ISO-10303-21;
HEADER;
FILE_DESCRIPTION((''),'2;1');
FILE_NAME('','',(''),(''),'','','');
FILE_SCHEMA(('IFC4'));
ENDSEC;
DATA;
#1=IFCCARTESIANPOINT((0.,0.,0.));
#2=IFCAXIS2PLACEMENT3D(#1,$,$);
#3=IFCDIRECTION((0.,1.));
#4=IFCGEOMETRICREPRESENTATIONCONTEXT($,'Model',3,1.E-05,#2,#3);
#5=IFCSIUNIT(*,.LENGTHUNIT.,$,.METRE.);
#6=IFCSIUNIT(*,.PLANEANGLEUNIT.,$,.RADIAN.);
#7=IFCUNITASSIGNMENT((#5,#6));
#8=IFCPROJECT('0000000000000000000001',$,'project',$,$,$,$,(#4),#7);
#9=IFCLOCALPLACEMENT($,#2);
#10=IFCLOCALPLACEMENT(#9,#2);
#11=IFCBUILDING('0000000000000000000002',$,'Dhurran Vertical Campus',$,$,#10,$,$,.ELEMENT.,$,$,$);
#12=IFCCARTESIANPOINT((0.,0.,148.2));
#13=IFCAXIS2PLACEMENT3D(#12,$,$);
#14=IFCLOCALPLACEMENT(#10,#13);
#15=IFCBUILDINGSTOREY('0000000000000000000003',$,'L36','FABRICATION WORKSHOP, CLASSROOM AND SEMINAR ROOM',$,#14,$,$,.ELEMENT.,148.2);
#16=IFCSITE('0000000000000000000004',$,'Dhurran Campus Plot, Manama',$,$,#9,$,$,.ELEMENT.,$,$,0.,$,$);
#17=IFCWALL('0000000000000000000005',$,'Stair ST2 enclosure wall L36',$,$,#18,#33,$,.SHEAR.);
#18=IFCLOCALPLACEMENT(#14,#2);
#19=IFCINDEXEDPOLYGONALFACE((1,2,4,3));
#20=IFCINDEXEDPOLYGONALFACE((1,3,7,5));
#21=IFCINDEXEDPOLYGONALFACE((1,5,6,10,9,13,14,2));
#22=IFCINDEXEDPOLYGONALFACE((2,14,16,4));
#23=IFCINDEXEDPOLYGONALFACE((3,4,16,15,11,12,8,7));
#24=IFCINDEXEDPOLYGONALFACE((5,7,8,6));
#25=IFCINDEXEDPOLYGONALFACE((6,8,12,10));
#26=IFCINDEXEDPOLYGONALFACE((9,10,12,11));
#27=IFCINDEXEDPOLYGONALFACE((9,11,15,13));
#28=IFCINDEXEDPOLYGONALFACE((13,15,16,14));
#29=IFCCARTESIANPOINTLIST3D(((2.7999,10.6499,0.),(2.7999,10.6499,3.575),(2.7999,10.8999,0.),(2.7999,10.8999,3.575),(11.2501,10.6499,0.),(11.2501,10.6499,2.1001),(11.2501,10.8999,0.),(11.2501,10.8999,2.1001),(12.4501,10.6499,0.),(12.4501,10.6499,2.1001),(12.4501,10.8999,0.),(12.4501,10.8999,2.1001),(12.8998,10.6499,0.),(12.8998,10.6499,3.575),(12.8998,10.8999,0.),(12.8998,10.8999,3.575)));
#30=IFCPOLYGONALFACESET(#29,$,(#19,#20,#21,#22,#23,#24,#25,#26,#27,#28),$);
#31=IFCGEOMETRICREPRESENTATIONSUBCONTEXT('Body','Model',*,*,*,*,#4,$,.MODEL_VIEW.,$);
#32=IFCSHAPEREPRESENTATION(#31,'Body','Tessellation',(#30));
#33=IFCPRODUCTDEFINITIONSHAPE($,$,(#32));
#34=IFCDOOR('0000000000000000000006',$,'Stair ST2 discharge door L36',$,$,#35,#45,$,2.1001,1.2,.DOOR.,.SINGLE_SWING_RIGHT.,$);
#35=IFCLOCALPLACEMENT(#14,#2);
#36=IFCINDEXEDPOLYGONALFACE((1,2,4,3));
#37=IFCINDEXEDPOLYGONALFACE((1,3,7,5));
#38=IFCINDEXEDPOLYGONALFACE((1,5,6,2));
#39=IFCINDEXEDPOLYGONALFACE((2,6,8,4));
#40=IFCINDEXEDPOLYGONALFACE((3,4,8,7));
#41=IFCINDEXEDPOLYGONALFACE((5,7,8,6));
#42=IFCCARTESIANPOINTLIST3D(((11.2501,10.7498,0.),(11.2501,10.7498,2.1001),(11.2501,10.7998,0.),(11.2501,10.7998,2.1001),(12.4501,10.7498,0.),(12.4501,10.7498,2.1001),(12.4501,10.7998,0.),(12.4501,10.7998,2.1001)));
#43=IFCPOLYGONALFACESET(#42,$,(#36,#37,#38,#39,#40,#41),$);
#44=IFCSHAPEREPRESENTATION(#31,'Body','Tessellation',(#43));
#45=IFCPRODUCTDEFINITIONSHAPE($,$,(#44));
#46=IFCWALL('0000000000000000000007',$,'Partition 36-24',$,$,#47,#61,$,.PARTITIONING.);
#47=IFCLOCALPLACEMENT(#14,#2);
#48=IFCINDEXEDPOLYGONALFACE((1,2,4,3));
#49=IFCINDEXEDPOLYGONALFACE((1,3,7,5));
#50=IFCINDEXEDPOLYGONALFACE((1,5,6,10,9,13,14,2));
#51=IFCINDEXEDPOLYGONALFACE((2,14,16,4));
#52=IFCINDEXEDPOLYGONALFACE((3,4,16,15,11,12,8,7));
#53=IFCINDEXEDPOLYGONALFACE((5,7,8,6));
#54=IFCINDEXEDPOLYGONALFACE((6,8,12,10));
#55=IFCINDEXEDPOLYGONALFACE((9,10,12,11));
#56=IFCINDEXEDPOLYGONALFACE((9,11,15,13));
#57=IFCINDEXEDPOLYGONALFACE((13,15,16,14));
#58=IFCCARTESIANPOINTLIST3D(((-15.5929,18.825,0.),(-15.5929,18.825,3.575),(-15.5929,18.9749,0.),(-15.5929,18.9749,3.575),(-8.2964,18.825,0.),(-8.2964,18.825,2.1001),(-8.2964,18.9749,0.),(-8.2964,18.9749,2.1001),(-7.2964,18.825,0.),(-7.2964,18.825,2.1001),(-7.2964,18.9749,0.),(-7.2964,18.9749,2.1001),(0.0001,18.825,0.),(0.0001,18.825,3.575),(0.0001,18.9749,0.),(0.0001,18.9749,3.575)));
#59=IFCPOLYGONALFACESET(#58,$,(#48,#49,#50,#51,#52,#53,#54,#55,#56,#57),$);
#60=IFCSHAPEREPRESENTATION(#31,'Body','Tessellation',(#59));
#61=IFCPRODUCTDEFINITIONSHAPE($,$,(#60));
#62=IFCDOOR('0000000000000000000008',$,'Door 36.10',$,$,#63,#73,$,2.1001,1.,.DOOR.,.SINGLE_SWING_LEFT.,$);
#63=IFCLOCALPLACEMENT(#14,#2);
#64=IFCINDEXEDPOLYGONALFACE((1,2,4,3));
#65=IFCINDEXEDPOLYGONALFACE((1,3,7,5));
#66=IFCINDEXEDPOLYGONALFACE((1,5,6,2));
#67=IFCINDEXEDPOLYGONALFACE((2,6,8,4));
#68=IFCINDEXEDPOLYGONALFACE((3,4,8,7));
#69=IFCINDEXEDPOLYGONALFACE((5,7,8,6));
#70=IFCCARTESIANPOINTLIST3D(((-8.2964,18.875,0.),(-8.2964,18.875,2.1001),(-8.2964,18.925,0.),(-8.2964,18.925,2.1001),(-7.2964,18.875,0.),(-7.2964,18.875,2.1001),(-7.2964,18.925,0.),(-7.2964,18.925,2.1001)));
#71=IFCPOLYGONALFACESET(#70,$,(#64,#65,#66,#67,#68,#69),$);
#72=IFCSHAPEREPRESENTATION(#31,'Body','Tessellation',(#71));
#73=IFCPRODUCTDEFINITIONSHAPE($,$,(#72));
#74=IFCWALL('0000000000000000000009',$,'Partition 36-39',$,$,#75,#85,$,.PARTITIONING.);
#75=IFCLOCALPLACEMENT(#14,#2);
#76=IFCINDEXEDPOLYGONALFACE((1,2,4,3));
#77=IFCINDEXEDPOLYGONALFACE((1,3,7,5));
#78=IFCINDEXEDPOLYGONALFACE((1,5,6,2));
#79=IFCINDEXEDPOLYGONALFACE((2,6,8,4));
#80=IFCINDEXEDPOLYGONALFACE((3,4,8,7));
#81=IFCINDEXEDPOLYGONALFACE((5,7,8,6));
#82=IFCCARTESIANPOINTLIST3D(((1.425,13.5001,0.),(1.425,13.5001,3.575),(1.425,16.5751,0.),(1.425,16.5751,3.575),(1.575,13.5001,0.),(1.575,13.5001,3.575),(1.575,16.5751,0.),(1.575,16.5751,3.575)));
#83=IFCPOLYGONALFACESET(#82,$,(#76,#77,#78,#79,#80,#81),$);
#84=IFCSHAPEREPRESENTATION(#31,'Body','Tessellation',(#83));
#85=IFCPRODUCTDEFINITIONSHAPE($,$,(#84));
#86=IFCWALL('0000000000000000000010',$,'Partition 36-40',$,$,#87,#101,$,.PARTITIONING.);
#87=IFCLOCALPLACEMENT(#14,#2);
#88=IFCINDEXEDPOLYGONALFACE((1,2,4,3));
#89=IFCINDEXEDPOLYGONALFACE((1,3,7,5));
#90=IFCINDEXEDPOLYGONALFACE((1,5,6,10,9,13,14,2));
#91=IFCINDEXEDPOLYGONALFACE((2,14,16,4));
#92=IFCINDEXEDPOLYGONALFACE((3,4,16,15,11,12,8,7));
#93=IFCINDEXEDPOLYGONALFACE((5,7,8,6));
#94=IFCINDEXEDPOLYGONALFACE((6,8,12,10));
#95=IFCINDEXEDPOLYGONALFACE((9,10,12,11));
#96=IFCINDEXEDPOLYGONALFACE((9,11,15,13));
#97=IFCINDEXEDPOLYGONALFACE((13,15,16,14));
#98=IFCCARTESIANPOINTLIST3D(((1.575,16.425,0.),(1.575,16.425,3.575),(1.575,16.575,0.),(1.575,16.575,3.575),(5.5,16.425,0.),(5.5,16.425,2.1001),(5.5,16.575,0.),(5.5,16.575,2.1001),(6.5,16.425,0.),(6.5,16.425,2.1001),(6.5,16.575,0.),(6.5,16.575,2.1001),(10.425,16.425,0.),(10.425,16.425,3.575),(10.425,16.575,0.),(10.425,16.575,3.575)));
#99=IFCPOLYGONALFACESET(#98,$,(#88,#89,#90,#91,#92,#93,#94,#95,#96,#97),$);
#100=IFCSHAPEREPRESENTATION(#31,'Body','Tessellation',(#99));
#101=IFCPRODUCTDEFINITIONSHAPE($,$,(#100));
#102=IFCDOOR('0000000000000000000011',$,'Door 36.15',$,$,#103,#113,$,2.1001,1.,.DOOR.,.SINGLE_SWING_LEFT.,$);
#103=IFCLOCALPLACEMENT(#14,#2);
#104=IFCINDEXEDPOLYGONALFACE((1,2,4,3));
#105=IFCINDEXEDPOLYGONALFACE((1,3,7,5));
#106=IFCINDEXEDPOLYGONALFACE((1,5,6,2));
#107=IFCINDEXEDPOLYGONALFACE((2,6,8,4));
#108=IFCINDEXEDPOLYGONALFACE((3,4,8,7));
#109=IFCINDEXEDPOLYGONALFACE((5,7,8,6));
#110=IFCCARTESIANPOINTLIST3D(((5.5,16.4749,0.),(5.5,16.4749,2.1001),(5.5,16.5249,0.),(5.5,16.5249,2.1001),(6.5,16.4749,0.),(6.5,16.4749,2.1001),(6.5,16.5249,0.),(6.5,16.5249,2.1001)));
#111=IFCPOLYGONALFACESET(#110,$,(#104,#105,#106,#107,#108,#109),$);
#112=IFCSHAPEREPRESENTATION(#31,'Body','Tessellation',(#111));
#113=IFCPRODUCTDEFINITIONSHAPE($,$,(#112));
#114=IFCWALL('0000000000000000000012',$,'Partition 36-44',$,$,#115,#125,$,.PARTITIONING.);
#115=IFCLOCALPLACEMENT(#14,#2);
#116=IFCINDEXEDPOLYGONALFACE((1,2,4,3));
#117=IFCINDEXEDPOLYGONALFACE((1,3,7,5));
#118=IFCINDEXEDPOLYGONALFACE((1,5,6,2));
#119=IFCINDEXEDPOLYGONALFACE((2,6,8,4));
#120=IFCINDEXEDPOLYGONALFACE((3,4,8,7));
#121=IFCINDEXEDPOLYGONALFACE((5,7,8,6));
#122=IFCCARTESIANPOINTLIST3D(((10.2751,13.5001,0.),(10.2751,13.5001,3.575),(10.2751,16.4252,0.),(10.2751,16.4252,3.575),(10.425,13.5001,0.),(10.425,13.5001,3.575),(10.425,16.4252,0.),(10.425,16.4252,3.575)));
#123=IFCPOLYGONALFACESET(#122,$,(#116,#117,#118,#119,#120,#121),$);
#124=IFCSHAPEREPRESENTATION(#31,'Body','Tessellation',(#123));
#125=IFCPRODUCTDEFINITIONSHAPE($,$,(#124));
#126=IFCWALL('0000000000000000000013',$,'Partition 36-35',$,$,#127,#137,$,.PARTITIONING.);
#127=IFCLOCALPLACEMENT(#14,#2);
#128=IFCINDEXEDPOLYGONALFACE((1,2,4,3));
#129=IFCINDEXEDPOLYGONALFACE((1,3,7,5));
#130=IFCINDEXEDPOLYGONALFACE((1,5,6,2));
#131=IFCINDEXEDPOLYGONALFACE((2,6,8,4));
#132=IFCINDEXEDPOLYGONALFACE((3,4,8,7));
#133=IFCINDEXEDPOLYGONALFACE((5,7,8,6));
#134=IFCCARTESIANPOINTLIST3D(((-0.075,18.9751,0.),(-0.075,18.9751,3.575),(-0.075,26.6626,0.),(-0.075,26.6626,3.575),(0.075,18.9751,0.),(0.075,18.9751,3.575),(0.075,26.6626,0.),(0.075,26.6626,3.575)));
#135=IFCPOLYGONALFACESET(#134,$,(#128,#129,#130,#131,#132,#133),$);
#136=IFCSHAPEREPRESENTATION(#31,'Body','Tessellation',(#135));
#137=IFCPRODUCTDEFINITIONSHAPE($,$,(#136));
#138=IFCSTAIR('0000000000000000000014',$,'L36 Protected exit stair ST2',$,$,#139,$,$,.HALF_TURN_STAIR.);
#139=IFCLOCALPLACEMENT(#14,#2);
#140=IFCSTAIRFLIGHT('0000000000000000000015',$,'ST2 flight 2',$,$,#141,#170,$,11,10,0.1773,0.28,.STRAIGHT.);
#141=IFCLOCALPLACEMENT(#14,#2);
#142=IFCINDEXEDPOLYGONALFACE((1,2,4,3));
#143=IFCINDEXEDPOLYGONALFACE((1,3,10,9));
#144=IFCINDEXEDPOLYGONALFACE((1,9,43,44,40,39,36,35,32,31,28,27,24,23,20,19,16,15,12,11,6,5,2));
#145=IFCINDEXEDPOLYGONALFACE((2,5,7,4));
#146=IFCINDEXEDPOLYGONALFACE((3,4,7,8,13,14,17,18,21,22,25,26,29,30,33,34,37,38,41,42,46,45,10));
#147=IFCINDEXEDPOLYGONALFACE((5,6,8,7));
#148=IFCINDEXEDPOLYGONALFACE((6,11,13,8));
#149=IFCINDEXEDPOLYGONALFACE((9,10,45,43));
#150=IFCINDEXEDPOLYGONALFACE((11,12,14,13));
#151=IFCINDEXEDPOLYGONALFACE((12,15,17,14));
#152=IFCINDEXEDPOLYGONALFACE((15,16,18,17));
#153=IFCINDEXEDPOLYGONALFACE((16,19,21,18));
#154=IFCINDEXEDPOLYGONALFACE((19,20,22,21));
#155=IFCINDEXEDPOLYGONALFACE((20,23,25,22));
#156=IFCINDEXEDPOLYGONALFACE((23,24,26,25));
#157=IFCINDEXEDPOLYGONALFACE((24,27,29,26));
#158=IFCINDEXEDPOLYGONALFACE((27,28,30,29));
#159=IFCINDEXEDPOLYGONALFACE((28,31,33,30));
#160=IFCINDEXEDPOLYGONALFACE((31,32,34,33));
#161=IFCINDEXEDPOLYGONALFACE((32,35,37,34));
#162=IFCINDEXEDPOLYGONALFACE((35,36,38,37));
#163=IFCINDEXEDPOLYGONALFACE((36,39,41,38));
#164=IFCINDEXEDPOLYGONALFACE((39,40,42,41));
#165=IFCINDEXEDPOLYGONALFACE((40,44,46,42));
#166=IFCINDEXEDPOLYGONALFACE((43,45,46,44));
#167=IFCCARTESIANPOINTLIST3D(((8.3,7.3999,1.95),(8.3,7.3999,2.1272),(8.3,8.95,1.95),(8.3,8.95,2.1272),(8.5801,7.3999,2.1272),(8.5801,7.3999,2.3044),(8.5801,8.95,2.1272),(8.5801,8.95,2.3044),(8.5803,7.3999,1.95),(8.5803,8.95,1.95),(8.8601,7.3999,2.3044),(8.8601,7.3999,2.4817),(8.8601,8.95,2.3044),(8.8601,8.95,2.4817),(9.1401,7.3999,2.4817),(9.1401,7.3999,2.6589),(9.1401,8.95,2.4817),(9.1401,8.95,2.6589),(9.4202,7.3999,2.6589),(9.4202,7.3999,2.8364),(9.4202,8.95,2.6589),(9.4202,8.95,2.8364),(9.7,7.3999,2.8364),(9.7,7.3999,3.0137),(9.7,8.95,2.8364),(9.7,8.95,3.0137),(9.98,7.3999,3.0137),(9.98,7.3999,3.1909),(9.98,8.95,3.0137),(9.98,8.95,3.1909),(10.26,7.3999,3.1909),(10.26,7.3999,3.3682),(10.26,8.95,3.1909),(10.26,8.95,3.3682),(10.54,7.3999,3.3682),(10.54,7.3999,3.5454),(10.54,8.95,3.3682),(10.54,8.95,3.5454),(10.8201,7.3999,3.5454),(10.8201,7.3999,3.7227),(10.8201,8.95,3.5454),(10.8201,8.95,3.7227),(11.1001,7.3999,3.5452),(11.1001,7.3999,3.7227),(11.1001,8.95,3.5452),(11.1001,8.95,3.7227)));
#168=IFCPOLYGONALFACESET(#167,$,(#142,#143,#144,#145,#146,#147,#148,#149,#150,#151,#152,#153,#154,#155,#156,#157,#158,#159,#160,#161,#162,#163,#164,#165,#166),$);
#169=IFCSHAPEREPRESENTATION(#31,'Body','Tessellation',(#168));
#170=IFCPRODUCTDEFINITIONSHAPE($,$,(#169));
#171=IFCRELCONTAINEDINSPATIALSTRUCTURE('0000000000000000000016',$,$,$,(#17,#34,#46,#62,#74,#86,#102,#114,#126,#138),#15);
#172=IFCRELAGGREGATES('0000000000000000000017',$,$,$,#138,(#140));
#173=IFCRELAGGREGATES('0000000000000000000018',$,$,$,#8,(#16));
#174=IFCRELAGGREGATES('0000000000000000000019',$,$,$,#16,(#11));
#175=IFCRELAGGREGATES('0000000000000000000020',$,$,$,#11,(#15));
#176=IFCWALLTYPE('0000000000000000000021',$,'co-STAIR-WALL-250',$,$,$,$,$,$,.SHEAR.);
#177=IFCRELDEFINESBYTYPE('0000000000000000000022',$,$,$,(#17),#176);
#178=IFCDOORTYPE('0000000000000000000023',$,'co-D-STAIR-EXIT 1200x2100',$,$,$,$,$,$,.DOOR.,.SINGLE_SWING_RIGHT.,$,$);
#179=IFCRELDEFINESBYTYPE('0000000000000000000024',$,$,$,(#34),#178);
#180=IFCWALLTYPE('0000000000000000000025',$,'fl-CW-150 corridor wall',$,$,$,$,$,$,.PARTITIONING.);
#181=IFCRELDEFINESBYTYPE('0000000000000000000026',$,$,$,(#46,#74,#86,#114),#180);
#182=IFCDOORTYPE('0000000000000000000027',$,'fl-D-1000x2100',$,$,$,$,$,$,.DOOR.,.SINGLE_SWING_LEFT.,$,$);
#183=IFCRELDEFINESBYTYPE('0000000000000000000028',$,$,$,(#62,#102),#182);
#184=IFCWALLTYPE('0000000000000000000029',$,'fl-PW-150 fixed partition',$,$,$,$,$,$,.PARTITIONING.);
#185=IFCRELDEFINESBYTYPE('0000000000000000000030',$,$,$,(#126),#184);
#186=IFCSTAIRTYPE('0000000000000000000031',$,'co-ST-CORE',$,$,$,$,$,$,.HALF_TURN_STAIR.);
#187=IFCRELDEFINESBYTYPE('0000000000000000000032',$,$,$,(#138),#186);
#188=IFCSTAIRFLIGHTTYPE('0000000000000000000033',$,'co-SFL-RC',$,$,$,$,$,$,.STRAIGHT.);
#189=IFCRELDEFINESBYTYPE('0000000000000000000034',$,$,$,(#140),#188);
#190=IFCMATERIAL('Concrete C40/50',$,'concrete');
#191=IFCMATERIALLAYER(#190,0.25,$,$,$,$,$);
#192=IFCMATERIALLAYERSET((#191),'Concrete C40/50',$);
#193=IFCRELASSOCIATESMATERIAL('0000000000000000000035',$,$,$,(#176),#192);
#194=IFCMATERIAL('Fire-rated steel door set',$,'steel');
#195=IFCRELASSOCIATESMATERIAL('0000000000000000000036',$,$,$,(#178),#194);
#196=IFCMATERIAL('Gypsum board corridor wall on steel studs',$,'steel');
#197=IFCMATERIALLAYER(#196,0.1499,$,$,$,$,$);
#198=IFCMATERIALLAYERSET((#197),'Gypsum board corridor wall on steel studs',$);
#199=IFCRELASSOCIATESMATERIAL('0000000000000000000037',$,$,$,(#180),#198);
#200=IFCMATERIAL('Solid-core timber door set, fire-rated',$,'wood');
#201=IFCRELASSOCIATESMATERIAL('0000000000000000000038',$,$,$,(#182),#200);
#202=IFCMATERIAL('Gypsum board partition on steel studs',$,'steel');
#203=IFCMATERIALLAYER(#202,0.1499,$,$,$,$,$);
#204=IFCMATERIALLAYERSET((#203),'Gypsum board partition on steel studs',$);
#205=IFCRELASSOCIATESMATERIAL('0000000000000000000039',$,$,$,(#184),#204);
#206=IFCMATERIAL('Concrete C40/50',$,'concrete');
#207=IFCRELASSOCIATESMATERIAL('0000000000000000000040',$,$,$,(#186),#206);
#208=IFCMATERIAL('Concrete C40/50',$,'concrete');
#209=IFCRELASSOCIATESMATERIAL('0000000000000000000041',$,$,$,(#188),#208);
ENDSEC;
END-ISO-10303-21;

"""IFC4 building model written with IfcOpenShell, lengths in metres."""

from ifc_helpers import new_model, si_unit, direction, frame, frame_2d, origin, place, context, subcontext, project, spatial, polyline, rectangle, outline, extrude, material, layer, layer_set, type_object, element, fill, aggregate, save


model = new_model("IFC4")

# Units and contexts
model_context = context("Model", 3, precision=1e-05, world=origin(), true_north=direction((0.0, 1.0)))
body_context = subcontext(model_context, "Body", "Model", "MODEL_VIEW")
ifc_project = project(units=[si_unit("LENGTHUNIT", "METRE"), si_unit("PLANEANGLEUNIT", "RADIAN")], contexts=[model_context])

# Site, building, storey
site_placement = place(None, origin())
site = spatial("IfcSite", under=ifc_project, at=site_placement, Name="Dhurran Campus Plot, Manama", CompositionType="ELEMENT", RefElevation=0.0)
building_placement = place(site_placement, origin())
building = spatial("IfcBuilding", under=site, at=building_placement, Name="Dhurran Vertical Campus", CompositionType="ELEMENT")
storey_placement = place(building_placement, frame((0.0, 0.0, 148.2)))
storey = spatial("IfcBuildingStorey", under=building, at=storey_placement, Name="L36", Description="FABRICATION WORKSHOP, CLASSROOM AND SEMINAR ROOM", CompositionType="ELEMENT", Elevation=148.2)

# Walls, openings, doors
ifc_material_1 = material(Name="Concrete C40/50", Category="concrete")
ifc_layer_1 = layer(ifc_material_1, 0.25)
ifc_layer_set_1 = layer_set([ifc_layer_1], Name="Concrete C40/50")
wall_type_1 = type_object("IfcWallType", Name="co-STAIR-WALL-250", PredefinedType="SHEAR", material=ifc_layer_set_1)
wall_1_placement = place(storey_placement, frame((2.8, 10.7749, 0.0), z_axis=(0.0, 0.0, 1.0), x_axis=(1.0, 0.0, 0.0)))
wall_1 = element("IfcWall", 1, at=wall_1_placement, inside=storey, type_object=wall_type_1, Name="Stair ST2 enclosure wall L36", PredefinedType="SHEAR", context=body_context, shape_type="SweptSolid", body=[
    extrude(rectangle(XDim=10.0999, YDim=0.25, at=frame_2d((5.0498, 0.0))), origin(), (0.0, 0.0, 1.0), 3.575),
])
opening_1_placement = place(wall_1_placement, frame((8.45, 0.0, 0.0)))
opening_1 = element("IfcOpeningElement", 2, at=opening_1_placement, cuts=wall_1, PredefinedType="OPENING", context=body_context, shape_type="SweptSolid", body=[
    extrude(rectangle(XDim=1.2, YDim=2.1001, at=frame_2d((0.6001, 1.05))), frame((0.0, 0.135, 0.0), z_axis=(0.0, -1.0, 0.0), x_axis=(1.0, 0.0, 0.0)), (0.0, 0.0, 1.0), 0.27),
])
ifc_material_2 = material(Name="Fire-rated steel door set", Category="steel")
door_type_1 = type_object("IfcDoorType", Name="co-D-STAIR-EXIT 1200x2100", OperationType="SINGLE_SWING_RIGHT", PredefinedType="DOOR", material=ifc_material_2)
door_1_placement = place(opening_1_placement, origin())
door_1 = element("IfcDoor", 3, at=door_1_placement, inside=storey, type_object=door_type_1, Name="Stair ST2 discharge door L36", OperationType="SINGLE_SWING_RIGHT", OverallHeight=2.1001, OverallWidth=1.2, PredefinedType="DOOR", context=body_context, shape_type="SweptSolid", body=[
    extrude(rectangle(XDim=1.2, YDim=2.1001, at=frame_2d((0.6001, 1.05))), frame((0.0, 0.0249, 0.0), z_axis=(0.0, -1.0, 0.0), x_axis=(1.0, 0.0, 0.0)), (0.0, 0.0, 1.0), 0.05),
])
fill(opening_1, door_1)
ifc_material_3 = material(Name="Gypsum board corridor wall on steel studs", Category="steel")
ifc_layer_2 = layer(ifc_material_3, 0.1499)
ifc_layer_set_2 = layer_set([ifc_layer_2], Name="Gypsum board corridor wall on steel studs")
wall_type_2 = type_object("IfcWallType", Name="fl-CW-150 corridor wall", PredefinedType="PARTITIONING", material=ifc_layer_set_2)
wall_2_placement = place(storey_placement, frame((0.0, 18.8999, 0.0), z_axis=(0.0, 0.0, 1.0), x_axis=(-1.0, 0.0, 0.0)))
wall_2 = element("IfcWall", 4, at=wall_2_placement, inside=storey, type_object=wall_type_2, Name="Partition 36-24", PredefinedType="PARTITIONING", context=body_context, shape_type="SweptSolid", body=[
    extrude(rectangle(XDim=15.593, YDim=0.1499, at=frame_2d((7.7964, 0.0))), origin(), (0.0, 0.0, 1.0), 3.575),
])
opening_2_placement = place(wall_2_placement, frame((7.2964, 0.0, 0.0)))
opening_2 = element("IfcOpeningElement", 5, at=opening_2_placement, cuts=wall_2, PredefinedType="OPENING", context=body_context, shape_type="SweptSolid", body=[
    extrude(rectangle(XDim=1.0, YDim=2.1001, at=frame_2d((0.5, 1.05))), frame((0.0, 0.085, 0.0), z_axis=(0.0, -1.0, 0.0), x_axis=(1.0, 0.0, 0.0)), (0.0, 0.0, 1.0), 0.1699),
])
ifc_material_4 = material(Name="Solid-core timber door set, fire-rated", Category="wood")
door_type_2 = type_object("IfcDoorType", Name="fl-D-1000x2100", OperationType="SINGLE_SWING_LEFT", PredefinedType="DOOR", material=ifc_material_4)
door_2_placement = place(opening_2_placement, origin())
door_2 = element("IfcDoor", 6, at=door_2_placement, inside=storey, type_object=door_type_2, Name="Door 36.10", OperationType="SINGLE_SWING_LEFT", OverallHeight=2.1001, OverallWidth=1.0, PredefinedType="DOOR", context=body_context, shape_type="SweptSolid", body=[
    extrude(rectangle(XDim=1.0, YDim=2.1001, at=frame_2d((0.5, 1.05))), frame((0.0, 0.0249, 0.0), z_axis=(0.0, -1.0, 0.0), x_axis=(1.0, 0.0, 0.0)), (0.0, 0.0, 1.0), 0.05),
])
fill(opening_2, door_2)

# Wall
wall_3_placement = place(storey_placement, frame((1.5, 13.5, 0.0), z_axis=(0.0, 0.0, 1.0), x_axis=(0.0, 1.0, 0.0)))
element("IfcWall", 7, at=wall_3_placement, inside=storey, type_object=wall_type_2, Name="Partition 36-39", PredefinedType="PARTITIONING", context=body_context, shape_type="SweptSolid", body=[
    extrude(rectangle(XDim=3.075, YDim=0.1499, at=frame_2d((1.5376, 0.0))), origin(), (0.0, 0.0, 1.0), 3.575),
])

# Wall, opening, door
wall_4_placement = place(storey_placement, frame((1.575, 16.5, 0.0), z_axis=(0.0, 0.0, 1.0), x_axis=(1.0, 0.0, 0.0)))
wall_4 = element("IfcWall", 8, at=wall_4_placement, inside=storey, type_object=wall_type_2, Name="Partition 36-40", PredefinedType="PARTITIONING", context=body_context, shape_type="SweptSolid", body=[
    extrude(rectangle(XDim=8.8501, YDim=0.1499, at=frame_2d((4.425, 0.0))), origin(), (0.0, 0.0, 1.0), 3.575),
])
opening_3_placement = place(wall_4_placement, frame((3.925, 0.0, 0.0)))
opening_3 = element("IfcOpeningElement", 9, at=opening_3_placement, cuts=wall_4, PredefinedType="OPENING", context=body_context, shape_type="SweptSolid", body=[
    extrude(rectangle(XDim=1.0, YDim=2.1001, at=frame_2d((0.5, 1.05))), frame((0.0, 0.085, 0.0), z_axis=(0.0, -1.0, 0.0), x_axis=(1.0, 0.0, 0.0)), (0.0, 0.0, 1.0), 0.1699),
])
door_3_placement = place(opening_3_placement, origin())
door_3 = element("IfcDoor", 10, at=door_3_placement, inside=storey, type_object=door_type_2, Name="Door 36.15", OperationType="SINGLE_SWING_LEFT", OverallHeight=2.1001, OverallWidth=1.0, PredefinedType="DOOR", context=body_context, shape_type="SweptSolid", body=[
    extrude(rectangle(XDim=1.0, YDim=2.1001, at=frame_2d((0.5, 1.05))), frame((0.0, 0.0249, 0.0), z_axis=(0.0, -1.0, 0.0), x_axis=(1.0, 0.0, 0.0)), (0.0, 0.0, 1.0), 0.05),
])
fill(opening_3, door_3)

# Walls
wall_5_placement = place(storey_placement, frame((10.3501, 16.425, 0.0), z_axis=(0.0, 0.0, 1.0), x_axis=(0.0, -1.0, 0.0)))
element("IfcWall", 11, at=wall_5_placement, inside=storey, type_object=wall_type_2, Name="Partition 36-44", PredefinedType="PARTITIONING", context=body_context, shape_type="SweptSolid", body=[
    extrude(rectangle(XDim=2.925, YDim=0.1499, at=frame_2d((1.4624, 0.0))), origin(), (0.0, 0.0, 1.0), 3.575),
])
ifc_material_5 = material(Name="Gypsum board partition on steel studs", Category="steel")
ifc_layer_3 = layer(ifc_material_5, 0.1499)
ifc_layer_set_3 = layer_set([ifc_layer_3], Name="Gypsum board partition on steel studs")
wall_type_3 = type_object("IfcWallType", Name="fl-PW-150 fixed partition", PredefinedType="PARTITIONING", material=ifc_layer_set_3)
wall_6_placement = place(storey_placement, frame((0.0, 26.6626, 0.0), z_axis=(0.0, 0.0, 1.0), x_axis=(0.0, -1.0, 0.0)))
element("IfcWall", 12, at=wall_6_placement, inside=storey, type_object=wall_type_3, Name="Partition 36-35", PredefinedType="PARTITIONING", context=body_context, shape_type="SweptSolid", body=[
    extrude(rectangle(XDim=7.6875, YDim=0.1499, at=frame_2d((3.8438, 0.0))), origin(), (0.0, 0.0, 1.0), 3.575),
])

# Stair, stair flight
ifc_material_6 = material(Name="Concrete C40/50", Category="concrete")
stair_type = type_object("IfcStairType", Name="co-ST-CORE", PredefinedType="HALF_TURN_STAIR", material=ifc_material_6)
stair_placement = place(storey_placement, origin())
stair = element("IfcStair", 13, at=stair_placement, inside=storey, type_object=stair_type, Name="L36 Protected exit stair ST2", PredefinedType="HALF_TURN_STAIR")
ifc_material_7 = material(Name="Concrete C40/50", Category="concrete")
stair_flight_type = type_object("IfcStairFlightType", Name="co-SFL-RC", PredefinedType="STRAIGHT", material=ifc_material_7)
stair_flight_placement = place(storey_placement, frame((8.3, 8.175, 1.95), z_axis=(0.0, 0.0, 1.0), x_axis=(1.0, 0.0, 0.0)))
stair_flight = element("IfcStairFlight", 14, at=stair_flight_placement, type_object=stair_flight_type, Name="ST2 flight 2", NumberOfRisers=11, NumberOfTreads=10, PredefinedType="STRAIGHT", RiserHeight=0.1773, TreadLength=0.28, context=body_context, shape_type="SweptSolid", body=[
    extrude(outline(polyline([(0.0, 0.0), (0.0, 0.1772), (0.28, 0.1772), (0.28, 0.3545), (0.5601, 0.3545), (0.5601, 0.5317), (0.8401, 0.5317), (0.8401, 0.709), (1.1201, 0.709), (1.1201, 0.8865), (1.3999, 0.8865), (1.3999, 1.0637), (1.6799, 1.0637), (1.6799, 1.241), (1.96, 1.241), (1.96, 1.4182), (2.24, 1.4182), (2.24, 1.5955), (2.52, 1.5955), (2.52, 1.7727), (2.8, 1.7727), (2.8, 1.95), (2.8, 1.5952), (0.2803, 0.0), (0.0, 0.0)])), frame((0.0, 0.7749, 0.0), z_axis=(0.0, -1.0, 0.0), x_axis=(1.0, 0.0, 0.0)), (0.0, 0.0, 1.0), 1.55),
])
aggregate(stair, [stair_flight])

save(model, "model.ifc")
